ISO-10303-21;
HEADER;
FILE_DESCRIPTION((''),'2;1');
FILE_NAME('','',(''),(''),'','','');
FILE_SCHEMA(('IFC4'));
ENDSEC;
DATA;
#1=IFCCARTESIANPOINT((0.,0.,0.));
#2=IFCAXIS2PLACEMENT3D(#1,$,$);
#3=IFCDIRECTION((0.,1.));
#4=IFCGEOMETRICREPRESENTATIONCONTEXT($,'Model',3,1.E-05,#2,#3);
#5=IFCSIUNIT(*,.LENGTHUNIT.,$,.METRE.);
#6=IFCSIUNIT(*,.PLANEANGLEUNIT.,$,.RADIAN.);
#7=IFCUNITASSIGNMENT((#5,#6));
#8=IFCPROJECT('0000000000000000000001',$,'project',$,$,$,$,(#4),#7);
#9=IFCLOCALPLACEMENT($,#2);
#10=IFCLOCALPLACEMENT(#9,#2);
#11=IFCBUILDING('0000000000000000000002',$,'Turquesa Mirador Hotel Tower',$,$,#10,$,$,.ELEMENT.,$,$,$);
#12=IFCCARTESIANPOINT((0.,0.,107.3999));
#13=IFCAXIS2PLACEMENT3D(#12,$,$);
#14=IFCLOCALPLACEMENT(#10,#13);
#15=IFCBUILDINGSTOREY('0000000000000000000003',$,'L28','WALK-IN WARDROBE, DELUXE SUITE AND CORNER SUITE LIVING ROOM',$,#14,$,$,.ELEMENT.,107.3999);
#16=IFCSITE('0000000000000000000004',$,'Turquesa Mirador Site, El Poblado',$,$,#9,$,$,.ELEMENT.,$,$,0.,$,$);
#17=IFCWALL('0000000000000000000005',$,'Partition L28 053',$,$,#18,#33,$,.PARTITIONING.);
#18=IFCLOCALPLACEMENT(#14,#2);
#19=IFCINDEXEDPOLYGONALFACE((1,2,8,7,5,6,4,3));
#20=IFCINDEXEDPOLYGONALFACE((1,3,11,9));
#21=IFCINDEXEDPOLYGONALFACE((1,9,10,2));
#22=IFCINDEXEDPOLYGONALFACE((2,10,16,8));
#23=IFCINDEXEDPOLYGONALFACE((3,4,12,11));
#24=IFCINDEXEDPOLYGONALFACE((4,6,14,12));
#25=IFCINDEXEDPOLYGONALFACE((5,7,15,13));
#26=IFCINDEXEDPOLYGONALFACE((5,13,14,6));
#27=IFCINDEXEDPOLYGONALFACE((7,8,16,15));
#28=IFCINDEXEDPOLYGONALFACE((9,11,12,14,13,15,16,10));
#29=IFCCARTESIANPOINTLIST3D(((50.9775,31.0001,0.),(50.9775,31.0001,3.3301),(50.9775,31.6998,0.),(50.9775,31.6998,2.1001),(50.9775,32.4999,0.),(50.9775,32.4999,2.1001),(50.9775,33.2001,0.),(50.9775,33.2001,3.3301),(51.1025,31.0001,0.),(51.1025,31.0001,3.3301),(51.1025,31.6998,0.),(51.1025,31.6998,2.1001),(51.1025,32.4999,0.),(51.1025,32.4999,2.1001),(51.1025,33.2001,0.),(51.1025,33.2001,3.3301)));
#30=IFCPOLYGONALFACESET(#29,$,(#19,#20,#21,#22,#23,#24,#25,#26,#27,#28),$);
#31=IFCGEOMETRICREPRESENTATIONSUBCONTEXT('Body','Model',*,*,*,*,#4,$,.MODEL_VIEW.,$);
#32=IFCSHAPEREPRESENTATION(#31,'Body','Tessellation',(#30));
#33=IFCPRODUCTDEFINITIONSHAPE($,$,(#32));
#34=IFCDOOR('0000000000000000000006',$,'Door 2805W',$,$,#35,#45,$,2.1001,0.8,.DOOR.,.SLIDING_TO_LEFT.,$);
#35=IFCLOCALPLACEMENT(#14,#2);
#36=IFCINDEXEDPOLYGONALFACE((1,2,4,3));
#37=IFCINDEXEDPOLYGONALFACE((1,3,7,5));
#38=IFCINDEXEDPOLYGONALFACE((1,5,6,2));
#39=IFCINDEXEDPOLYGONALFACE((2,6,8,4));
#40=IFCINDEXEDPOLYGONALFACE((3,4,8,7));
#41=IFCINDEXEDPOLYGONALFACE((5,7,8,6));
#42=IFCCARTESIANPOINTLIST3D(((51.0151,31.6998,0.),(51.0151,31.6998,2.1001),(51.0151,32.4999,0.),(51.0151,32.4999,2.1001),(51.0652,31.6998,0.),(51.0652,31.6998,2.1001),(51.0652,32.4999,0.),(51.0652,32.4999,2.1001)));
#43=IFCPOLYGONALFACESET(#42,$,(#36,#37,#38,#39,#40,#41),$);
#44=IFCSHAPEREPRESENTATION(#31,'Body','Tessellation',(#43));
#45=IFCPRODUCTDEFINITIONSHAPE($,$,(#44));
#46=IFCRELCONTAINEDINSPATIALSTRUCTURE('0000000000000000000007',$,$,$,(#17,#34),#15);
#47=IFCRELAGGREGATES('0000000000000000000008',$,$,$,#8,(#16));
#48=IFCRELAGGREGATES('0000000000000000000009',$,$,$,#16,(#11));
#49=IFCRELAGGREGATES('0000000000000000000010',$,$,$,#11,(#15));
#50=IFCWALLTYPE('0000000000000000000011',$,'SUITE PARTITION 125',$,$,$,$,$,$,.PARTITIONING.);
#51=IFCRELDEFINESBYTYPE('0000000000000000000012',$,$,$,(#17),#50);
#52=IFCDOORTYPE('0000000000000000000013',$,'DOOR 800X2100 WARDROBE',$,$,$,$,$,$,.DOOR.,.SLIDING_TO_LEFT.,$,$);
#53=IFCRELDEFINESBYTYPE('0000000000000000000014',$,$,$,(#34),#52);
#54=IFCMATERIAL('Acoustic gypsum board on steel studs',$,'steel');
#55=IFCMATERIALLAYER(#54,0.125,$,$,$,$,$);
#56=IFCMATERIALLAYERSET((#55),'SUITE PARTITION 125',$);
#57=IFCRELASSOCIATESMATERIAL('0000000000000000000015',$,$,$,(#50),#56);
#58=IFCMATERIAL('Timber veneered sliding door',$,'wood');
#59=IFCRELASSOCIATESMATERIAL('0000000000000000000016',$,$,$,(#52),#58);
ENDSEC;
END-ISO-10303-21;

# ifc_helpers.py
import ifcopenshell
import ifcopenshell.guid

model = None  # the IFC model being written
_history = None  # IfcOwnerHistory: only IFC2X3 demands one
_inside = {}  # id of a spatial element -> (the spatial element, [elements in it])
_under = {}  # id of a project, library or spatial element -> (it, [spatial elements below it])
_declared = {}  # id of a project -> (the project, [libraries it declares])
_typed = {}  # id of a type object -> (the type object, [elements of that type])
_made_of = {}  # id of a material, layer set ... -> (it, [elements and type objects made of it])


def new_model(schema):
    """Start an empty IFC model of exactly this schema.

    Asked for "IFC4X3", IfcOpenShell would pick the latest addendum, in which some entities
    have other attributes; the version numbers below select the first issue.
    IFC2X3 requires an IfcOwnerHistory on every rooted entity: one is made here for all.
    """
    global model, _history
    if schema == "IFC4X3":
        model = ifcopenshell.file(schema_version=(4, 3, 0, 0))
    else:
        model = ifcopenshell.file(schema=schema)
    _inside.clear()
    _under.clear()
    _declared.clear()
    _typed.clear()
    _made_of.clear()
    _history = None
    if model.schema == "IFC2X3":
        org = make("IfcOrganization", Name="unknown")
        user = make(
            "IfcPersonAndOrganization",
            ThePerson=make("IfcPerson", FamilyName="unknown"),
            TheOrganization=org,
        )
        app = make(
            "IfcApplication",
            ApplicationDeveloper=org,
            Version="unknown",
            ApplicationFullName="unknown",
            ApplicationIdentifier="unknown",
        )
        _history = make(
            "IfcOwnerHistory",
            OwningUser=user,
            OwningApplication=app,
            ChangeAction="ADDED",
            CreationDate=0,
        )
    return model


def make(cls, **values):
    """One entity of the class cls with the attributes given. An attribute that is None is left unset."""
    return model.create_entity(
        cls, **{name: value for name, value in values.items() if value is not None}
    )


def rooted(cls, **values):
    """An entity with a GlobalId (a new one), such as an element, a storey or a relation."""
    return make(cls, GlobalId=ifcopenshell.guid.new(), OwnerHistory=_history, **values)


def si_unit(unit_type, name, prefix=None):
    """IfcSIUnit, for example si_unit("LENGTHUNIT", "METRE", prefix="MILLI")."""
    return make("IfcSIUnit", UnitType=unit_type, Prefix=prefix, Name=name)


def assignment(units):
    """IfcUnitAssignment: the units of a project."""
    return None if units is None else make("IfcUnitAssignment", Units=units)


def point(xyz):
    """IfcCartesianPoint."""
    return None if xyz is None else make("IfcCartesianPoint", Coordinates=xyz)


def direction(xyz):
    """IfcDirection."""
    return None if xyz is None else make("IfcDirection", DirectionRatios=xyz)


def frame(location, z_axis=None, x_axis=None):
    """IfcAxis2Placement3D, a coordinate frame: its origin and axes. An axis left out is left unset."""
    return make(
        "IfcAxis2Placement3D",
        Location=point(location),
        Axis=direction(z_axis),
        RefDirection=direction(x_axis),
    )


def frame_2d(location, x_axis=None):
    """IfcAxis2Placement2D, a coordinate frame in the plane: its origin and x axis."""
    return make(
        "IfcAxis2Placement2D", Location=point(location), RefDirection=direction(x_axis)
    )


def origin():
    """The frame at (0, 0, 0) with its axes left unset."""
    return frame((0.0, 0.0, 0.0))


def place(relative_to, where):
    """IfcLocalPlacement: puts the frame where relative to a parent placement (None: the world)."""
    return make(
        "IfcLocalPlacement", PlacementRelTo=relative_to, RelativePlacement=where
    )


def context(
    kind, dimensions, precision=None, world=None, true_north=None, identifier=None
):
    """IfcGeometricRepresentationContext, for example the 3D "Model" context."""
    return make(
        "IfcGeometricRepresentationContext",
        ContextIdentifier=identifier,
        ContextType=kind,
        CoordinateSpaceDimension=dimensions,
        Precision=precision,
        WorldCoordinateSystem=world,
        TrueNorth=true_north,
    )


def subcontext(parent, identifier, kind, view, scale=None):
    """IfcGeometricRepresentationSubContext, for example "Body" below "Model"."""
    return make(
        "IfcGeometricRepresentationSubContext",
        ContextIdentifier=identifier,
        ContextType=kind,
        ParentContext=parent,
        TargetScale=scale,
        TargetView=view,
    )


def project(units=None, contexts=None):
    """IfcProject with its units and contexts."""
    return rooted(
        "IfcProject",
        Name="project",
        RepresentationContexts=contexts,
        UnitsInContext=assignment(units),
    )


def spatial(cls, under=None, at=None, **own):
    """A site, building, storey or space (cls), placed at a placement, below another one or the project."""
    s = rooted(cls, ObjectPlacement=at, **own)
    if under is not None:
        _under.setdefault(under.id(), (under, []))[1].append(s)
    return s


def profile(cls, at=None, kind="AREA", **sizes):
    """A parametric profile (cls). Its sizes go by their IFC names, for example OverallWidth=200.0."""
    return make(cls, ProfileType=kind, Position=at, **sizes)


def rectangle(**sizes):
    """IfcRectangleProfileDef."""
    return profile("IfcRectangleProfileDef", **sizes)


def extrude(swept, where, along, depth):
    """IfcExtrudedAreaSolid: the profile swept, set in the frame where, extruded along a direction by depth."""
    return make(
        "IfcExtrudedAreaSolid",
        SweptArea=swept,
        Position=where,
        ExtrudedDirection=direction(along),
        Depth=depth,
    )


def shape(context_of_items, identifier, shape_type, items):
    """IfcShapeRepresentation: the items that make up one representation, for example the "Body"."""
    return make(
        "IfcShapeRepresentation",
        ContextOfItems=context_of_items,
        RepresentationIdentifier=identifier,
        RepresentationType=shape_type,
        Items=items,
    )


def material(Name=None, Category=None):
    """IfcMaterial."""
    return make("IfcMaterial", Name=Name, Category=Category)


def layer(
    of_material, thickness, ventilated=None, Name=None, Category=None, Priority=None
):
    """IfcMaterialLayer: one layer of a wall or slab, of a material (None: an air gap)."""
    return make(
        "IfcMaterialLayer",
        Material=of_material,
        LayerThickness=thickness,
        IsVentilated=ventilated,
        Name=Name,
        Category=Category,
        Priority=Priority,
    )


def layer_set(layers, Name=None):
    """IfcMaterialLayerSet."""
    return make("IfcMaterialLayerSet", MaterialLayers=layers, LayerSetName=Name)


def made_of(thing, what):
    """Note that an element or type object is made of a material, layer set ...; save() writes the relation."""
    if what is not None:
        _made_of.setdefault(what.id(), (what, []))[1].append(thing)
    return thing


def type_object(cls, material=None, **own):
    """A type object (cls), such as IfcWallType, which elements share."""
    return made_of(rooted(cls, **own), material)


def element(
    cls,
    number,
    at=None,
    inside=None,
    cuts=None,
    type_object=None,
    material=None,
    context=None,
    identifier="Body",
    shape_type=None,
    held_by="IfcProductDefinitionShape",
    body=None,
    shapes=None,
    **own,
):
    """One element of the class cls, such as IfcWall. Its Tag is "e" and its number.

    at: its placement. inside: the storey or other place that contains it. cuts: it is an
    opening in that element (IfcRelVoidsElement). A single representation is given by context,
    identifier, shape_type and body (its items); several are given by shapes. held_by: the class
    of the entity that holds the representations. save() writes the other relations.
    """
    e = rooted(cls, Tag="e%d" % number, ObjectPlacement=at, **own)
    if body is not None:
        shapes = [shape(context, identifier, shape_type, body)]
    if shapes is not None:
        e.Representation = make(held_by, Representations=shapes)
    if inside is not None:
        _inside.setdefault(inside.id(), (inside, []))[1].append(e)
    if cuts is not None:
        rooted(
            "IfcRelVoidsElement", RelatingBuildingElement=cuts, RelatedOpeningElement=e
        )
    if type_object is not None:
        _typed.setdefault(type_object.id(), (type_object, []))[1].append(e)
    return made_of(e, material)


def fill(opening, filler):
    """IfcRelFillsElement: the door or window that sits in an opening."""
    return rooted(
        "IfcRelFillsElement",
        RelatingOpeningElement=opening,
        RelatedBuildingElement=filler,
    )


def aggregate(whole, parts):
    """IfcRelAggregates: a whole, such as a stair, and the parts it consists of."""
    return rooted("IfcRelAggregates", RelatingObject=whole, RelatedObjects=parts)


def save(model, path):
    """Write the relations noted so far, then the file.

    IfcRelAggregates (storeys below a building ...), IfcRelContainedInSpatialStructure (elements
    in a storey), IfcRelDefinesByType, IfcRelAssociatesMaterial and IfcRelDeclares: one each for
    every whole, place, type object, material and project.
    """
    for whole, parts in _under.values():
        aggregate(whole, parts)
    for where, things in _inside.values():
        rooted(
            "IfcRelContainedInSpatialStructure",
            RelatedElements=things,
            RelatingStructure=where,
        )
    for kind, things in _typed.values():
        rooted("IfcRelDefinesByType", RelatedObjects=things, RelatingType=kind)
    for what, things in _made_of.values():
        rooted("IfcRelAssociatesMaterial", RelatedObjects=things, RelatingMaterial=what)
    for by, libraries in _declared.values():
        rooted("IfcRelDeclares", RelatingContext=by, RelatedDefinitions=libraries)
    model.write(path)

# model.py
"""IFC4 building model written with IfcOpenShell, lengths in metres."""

from ifc_helpers import new_model, si_unit, direction, frame, frame_2d, origin, place, context, subcontext, project, spatial, rectangle, extrude, material, layer, layer_set, type_object, element, fill, save


model = new_model("IFC4")

# Units and contexts
model_context = context("Model", 3, precision=1e-05, world=origin(), true_north=direction((0.0, 1.0)))
body_context = subcontext(model_context, "Body", "Model", "MODEL_VIEW")
ifc_project = project(units=[si_unit("LENGTHUNIT", "METRE"), si_unit("PLANEANGLEUNIT", "RADIAN")], contexts=[model_context])

# Site, building, storey
site_placement = place(None, origin())
site = spatial("IfcSite", under=ifc_project, at=site_placement, Name="Turquesa Mirador Site, El Poblado", CompositionType="ELEMENT", RefElevation=0.0)
building_placement = place(site_placement, origin())
building = spatial("IfcBuilding", under=site, at=building_placement, Name="Turquesa Mirador Hotel Tower", CompositionType="ELEMENT")
storey_placement = place(building_placement, frame((0.0, 0.0, 107.3999)))
storey = spatial("IfcBuildingStorey", under=building, at=storey_placement, Name="L28", Description="WALK-IN WARDROBE, DELUXE SUITE AND CORNER SUITE LIVING ROOM", CompositionType="ELEMENT", Elevation=107.3999)

# Wall, opening, door
ifc_material_1 = material(Name="Acoustic gypsum board on steel studs", Category="steel")
ifc_layer_1 = layer(ifc_material_1, 0.125)
ifc_layer_set_1 = layer_set([ifc_layer_1], Name="SUITE PARTITION 125")
wall_type_1 = type_object("IfcWallType", Name="SUITE PARTITION 125", PredefinedType="PARTITIONING", material=ifc_layer_set_1)
wall_1_placement = place(storey_placement, frame((51.04, 31.0, 0.0), z_axis=(0.0, 0.0, 1.0), x_axis=(0.0, 1.0, 0.0)))
wall_1 = element("IfcWall", 1, at=wall_1_placement, inside=storey, type_object=wall_type_1, Name="Partition L28 053", PredefinedType="PARTITIONING", context=body_context, shape_type="SweptSolid", body=[
    extrude(rectangle(XDim=2.2, YDim=0.125, at=frame_2d((1.1001, 0.0))), origin(), (0.0, 0.0, 1.0), 3.3301),
])
opening_1_placement = place(wall_1_placement, frame((0.7, 0.0, 0.0)))
opening_1 = element("IfcOpeningElement", 2, at=opening_1_placement, cuts=wall_1, PredefinedType="OPENING", context=body_context, shape_type="SweptSolid", body=[
    extrude(rectangle(XDim=0.8, YDim=2.1001, at=frame_2d((0.3999, 1.05))), frame((0.0, 0.0725, 0.0), z_axis=(0.0, -1.0, 0.0), x_axis=(1.0, 0.0, 0.0)), (0.0, 0.0, 1.0), 0.145),
])
ifc_material_2 = material(Name="Timber veneered sliding door", Category="wood")
door_type_1 = type_object("IfcDoorType", Name="DOOR 800X2100 WARDROBE", OperationType="SLIDING_TO_LEFT", PredefinedType="DOOR", material=ifc_material_2)
door_1_placement = place(opening_1_placement, origin())
door_1 = element("IfcDoor", 3, at=door_1_placement, inside=storey, type_object=door_type_1, Name="Door 2805W", OperationType="SLIDING_TO_LEFT", OverallHeight=2.1001, OverallWidth=0.8, PredefinedType="DOOR", context=body_context, shape_type="SweptSolid", body=[
    extrude(rectangle(XDim=0.8, YDim=2.1001, at=frame_2d((0.3999, 1.05))), frame((0.0, 0.0249, 0.0), z_axis=(0.0, -1.0, 0.0), x_axis=(1.0, 0.0, 0.0)), (0.0, 0.0, 1.0), 0.05),
])
fill(opening_1, door_1)

save(model, "model.ifc")
